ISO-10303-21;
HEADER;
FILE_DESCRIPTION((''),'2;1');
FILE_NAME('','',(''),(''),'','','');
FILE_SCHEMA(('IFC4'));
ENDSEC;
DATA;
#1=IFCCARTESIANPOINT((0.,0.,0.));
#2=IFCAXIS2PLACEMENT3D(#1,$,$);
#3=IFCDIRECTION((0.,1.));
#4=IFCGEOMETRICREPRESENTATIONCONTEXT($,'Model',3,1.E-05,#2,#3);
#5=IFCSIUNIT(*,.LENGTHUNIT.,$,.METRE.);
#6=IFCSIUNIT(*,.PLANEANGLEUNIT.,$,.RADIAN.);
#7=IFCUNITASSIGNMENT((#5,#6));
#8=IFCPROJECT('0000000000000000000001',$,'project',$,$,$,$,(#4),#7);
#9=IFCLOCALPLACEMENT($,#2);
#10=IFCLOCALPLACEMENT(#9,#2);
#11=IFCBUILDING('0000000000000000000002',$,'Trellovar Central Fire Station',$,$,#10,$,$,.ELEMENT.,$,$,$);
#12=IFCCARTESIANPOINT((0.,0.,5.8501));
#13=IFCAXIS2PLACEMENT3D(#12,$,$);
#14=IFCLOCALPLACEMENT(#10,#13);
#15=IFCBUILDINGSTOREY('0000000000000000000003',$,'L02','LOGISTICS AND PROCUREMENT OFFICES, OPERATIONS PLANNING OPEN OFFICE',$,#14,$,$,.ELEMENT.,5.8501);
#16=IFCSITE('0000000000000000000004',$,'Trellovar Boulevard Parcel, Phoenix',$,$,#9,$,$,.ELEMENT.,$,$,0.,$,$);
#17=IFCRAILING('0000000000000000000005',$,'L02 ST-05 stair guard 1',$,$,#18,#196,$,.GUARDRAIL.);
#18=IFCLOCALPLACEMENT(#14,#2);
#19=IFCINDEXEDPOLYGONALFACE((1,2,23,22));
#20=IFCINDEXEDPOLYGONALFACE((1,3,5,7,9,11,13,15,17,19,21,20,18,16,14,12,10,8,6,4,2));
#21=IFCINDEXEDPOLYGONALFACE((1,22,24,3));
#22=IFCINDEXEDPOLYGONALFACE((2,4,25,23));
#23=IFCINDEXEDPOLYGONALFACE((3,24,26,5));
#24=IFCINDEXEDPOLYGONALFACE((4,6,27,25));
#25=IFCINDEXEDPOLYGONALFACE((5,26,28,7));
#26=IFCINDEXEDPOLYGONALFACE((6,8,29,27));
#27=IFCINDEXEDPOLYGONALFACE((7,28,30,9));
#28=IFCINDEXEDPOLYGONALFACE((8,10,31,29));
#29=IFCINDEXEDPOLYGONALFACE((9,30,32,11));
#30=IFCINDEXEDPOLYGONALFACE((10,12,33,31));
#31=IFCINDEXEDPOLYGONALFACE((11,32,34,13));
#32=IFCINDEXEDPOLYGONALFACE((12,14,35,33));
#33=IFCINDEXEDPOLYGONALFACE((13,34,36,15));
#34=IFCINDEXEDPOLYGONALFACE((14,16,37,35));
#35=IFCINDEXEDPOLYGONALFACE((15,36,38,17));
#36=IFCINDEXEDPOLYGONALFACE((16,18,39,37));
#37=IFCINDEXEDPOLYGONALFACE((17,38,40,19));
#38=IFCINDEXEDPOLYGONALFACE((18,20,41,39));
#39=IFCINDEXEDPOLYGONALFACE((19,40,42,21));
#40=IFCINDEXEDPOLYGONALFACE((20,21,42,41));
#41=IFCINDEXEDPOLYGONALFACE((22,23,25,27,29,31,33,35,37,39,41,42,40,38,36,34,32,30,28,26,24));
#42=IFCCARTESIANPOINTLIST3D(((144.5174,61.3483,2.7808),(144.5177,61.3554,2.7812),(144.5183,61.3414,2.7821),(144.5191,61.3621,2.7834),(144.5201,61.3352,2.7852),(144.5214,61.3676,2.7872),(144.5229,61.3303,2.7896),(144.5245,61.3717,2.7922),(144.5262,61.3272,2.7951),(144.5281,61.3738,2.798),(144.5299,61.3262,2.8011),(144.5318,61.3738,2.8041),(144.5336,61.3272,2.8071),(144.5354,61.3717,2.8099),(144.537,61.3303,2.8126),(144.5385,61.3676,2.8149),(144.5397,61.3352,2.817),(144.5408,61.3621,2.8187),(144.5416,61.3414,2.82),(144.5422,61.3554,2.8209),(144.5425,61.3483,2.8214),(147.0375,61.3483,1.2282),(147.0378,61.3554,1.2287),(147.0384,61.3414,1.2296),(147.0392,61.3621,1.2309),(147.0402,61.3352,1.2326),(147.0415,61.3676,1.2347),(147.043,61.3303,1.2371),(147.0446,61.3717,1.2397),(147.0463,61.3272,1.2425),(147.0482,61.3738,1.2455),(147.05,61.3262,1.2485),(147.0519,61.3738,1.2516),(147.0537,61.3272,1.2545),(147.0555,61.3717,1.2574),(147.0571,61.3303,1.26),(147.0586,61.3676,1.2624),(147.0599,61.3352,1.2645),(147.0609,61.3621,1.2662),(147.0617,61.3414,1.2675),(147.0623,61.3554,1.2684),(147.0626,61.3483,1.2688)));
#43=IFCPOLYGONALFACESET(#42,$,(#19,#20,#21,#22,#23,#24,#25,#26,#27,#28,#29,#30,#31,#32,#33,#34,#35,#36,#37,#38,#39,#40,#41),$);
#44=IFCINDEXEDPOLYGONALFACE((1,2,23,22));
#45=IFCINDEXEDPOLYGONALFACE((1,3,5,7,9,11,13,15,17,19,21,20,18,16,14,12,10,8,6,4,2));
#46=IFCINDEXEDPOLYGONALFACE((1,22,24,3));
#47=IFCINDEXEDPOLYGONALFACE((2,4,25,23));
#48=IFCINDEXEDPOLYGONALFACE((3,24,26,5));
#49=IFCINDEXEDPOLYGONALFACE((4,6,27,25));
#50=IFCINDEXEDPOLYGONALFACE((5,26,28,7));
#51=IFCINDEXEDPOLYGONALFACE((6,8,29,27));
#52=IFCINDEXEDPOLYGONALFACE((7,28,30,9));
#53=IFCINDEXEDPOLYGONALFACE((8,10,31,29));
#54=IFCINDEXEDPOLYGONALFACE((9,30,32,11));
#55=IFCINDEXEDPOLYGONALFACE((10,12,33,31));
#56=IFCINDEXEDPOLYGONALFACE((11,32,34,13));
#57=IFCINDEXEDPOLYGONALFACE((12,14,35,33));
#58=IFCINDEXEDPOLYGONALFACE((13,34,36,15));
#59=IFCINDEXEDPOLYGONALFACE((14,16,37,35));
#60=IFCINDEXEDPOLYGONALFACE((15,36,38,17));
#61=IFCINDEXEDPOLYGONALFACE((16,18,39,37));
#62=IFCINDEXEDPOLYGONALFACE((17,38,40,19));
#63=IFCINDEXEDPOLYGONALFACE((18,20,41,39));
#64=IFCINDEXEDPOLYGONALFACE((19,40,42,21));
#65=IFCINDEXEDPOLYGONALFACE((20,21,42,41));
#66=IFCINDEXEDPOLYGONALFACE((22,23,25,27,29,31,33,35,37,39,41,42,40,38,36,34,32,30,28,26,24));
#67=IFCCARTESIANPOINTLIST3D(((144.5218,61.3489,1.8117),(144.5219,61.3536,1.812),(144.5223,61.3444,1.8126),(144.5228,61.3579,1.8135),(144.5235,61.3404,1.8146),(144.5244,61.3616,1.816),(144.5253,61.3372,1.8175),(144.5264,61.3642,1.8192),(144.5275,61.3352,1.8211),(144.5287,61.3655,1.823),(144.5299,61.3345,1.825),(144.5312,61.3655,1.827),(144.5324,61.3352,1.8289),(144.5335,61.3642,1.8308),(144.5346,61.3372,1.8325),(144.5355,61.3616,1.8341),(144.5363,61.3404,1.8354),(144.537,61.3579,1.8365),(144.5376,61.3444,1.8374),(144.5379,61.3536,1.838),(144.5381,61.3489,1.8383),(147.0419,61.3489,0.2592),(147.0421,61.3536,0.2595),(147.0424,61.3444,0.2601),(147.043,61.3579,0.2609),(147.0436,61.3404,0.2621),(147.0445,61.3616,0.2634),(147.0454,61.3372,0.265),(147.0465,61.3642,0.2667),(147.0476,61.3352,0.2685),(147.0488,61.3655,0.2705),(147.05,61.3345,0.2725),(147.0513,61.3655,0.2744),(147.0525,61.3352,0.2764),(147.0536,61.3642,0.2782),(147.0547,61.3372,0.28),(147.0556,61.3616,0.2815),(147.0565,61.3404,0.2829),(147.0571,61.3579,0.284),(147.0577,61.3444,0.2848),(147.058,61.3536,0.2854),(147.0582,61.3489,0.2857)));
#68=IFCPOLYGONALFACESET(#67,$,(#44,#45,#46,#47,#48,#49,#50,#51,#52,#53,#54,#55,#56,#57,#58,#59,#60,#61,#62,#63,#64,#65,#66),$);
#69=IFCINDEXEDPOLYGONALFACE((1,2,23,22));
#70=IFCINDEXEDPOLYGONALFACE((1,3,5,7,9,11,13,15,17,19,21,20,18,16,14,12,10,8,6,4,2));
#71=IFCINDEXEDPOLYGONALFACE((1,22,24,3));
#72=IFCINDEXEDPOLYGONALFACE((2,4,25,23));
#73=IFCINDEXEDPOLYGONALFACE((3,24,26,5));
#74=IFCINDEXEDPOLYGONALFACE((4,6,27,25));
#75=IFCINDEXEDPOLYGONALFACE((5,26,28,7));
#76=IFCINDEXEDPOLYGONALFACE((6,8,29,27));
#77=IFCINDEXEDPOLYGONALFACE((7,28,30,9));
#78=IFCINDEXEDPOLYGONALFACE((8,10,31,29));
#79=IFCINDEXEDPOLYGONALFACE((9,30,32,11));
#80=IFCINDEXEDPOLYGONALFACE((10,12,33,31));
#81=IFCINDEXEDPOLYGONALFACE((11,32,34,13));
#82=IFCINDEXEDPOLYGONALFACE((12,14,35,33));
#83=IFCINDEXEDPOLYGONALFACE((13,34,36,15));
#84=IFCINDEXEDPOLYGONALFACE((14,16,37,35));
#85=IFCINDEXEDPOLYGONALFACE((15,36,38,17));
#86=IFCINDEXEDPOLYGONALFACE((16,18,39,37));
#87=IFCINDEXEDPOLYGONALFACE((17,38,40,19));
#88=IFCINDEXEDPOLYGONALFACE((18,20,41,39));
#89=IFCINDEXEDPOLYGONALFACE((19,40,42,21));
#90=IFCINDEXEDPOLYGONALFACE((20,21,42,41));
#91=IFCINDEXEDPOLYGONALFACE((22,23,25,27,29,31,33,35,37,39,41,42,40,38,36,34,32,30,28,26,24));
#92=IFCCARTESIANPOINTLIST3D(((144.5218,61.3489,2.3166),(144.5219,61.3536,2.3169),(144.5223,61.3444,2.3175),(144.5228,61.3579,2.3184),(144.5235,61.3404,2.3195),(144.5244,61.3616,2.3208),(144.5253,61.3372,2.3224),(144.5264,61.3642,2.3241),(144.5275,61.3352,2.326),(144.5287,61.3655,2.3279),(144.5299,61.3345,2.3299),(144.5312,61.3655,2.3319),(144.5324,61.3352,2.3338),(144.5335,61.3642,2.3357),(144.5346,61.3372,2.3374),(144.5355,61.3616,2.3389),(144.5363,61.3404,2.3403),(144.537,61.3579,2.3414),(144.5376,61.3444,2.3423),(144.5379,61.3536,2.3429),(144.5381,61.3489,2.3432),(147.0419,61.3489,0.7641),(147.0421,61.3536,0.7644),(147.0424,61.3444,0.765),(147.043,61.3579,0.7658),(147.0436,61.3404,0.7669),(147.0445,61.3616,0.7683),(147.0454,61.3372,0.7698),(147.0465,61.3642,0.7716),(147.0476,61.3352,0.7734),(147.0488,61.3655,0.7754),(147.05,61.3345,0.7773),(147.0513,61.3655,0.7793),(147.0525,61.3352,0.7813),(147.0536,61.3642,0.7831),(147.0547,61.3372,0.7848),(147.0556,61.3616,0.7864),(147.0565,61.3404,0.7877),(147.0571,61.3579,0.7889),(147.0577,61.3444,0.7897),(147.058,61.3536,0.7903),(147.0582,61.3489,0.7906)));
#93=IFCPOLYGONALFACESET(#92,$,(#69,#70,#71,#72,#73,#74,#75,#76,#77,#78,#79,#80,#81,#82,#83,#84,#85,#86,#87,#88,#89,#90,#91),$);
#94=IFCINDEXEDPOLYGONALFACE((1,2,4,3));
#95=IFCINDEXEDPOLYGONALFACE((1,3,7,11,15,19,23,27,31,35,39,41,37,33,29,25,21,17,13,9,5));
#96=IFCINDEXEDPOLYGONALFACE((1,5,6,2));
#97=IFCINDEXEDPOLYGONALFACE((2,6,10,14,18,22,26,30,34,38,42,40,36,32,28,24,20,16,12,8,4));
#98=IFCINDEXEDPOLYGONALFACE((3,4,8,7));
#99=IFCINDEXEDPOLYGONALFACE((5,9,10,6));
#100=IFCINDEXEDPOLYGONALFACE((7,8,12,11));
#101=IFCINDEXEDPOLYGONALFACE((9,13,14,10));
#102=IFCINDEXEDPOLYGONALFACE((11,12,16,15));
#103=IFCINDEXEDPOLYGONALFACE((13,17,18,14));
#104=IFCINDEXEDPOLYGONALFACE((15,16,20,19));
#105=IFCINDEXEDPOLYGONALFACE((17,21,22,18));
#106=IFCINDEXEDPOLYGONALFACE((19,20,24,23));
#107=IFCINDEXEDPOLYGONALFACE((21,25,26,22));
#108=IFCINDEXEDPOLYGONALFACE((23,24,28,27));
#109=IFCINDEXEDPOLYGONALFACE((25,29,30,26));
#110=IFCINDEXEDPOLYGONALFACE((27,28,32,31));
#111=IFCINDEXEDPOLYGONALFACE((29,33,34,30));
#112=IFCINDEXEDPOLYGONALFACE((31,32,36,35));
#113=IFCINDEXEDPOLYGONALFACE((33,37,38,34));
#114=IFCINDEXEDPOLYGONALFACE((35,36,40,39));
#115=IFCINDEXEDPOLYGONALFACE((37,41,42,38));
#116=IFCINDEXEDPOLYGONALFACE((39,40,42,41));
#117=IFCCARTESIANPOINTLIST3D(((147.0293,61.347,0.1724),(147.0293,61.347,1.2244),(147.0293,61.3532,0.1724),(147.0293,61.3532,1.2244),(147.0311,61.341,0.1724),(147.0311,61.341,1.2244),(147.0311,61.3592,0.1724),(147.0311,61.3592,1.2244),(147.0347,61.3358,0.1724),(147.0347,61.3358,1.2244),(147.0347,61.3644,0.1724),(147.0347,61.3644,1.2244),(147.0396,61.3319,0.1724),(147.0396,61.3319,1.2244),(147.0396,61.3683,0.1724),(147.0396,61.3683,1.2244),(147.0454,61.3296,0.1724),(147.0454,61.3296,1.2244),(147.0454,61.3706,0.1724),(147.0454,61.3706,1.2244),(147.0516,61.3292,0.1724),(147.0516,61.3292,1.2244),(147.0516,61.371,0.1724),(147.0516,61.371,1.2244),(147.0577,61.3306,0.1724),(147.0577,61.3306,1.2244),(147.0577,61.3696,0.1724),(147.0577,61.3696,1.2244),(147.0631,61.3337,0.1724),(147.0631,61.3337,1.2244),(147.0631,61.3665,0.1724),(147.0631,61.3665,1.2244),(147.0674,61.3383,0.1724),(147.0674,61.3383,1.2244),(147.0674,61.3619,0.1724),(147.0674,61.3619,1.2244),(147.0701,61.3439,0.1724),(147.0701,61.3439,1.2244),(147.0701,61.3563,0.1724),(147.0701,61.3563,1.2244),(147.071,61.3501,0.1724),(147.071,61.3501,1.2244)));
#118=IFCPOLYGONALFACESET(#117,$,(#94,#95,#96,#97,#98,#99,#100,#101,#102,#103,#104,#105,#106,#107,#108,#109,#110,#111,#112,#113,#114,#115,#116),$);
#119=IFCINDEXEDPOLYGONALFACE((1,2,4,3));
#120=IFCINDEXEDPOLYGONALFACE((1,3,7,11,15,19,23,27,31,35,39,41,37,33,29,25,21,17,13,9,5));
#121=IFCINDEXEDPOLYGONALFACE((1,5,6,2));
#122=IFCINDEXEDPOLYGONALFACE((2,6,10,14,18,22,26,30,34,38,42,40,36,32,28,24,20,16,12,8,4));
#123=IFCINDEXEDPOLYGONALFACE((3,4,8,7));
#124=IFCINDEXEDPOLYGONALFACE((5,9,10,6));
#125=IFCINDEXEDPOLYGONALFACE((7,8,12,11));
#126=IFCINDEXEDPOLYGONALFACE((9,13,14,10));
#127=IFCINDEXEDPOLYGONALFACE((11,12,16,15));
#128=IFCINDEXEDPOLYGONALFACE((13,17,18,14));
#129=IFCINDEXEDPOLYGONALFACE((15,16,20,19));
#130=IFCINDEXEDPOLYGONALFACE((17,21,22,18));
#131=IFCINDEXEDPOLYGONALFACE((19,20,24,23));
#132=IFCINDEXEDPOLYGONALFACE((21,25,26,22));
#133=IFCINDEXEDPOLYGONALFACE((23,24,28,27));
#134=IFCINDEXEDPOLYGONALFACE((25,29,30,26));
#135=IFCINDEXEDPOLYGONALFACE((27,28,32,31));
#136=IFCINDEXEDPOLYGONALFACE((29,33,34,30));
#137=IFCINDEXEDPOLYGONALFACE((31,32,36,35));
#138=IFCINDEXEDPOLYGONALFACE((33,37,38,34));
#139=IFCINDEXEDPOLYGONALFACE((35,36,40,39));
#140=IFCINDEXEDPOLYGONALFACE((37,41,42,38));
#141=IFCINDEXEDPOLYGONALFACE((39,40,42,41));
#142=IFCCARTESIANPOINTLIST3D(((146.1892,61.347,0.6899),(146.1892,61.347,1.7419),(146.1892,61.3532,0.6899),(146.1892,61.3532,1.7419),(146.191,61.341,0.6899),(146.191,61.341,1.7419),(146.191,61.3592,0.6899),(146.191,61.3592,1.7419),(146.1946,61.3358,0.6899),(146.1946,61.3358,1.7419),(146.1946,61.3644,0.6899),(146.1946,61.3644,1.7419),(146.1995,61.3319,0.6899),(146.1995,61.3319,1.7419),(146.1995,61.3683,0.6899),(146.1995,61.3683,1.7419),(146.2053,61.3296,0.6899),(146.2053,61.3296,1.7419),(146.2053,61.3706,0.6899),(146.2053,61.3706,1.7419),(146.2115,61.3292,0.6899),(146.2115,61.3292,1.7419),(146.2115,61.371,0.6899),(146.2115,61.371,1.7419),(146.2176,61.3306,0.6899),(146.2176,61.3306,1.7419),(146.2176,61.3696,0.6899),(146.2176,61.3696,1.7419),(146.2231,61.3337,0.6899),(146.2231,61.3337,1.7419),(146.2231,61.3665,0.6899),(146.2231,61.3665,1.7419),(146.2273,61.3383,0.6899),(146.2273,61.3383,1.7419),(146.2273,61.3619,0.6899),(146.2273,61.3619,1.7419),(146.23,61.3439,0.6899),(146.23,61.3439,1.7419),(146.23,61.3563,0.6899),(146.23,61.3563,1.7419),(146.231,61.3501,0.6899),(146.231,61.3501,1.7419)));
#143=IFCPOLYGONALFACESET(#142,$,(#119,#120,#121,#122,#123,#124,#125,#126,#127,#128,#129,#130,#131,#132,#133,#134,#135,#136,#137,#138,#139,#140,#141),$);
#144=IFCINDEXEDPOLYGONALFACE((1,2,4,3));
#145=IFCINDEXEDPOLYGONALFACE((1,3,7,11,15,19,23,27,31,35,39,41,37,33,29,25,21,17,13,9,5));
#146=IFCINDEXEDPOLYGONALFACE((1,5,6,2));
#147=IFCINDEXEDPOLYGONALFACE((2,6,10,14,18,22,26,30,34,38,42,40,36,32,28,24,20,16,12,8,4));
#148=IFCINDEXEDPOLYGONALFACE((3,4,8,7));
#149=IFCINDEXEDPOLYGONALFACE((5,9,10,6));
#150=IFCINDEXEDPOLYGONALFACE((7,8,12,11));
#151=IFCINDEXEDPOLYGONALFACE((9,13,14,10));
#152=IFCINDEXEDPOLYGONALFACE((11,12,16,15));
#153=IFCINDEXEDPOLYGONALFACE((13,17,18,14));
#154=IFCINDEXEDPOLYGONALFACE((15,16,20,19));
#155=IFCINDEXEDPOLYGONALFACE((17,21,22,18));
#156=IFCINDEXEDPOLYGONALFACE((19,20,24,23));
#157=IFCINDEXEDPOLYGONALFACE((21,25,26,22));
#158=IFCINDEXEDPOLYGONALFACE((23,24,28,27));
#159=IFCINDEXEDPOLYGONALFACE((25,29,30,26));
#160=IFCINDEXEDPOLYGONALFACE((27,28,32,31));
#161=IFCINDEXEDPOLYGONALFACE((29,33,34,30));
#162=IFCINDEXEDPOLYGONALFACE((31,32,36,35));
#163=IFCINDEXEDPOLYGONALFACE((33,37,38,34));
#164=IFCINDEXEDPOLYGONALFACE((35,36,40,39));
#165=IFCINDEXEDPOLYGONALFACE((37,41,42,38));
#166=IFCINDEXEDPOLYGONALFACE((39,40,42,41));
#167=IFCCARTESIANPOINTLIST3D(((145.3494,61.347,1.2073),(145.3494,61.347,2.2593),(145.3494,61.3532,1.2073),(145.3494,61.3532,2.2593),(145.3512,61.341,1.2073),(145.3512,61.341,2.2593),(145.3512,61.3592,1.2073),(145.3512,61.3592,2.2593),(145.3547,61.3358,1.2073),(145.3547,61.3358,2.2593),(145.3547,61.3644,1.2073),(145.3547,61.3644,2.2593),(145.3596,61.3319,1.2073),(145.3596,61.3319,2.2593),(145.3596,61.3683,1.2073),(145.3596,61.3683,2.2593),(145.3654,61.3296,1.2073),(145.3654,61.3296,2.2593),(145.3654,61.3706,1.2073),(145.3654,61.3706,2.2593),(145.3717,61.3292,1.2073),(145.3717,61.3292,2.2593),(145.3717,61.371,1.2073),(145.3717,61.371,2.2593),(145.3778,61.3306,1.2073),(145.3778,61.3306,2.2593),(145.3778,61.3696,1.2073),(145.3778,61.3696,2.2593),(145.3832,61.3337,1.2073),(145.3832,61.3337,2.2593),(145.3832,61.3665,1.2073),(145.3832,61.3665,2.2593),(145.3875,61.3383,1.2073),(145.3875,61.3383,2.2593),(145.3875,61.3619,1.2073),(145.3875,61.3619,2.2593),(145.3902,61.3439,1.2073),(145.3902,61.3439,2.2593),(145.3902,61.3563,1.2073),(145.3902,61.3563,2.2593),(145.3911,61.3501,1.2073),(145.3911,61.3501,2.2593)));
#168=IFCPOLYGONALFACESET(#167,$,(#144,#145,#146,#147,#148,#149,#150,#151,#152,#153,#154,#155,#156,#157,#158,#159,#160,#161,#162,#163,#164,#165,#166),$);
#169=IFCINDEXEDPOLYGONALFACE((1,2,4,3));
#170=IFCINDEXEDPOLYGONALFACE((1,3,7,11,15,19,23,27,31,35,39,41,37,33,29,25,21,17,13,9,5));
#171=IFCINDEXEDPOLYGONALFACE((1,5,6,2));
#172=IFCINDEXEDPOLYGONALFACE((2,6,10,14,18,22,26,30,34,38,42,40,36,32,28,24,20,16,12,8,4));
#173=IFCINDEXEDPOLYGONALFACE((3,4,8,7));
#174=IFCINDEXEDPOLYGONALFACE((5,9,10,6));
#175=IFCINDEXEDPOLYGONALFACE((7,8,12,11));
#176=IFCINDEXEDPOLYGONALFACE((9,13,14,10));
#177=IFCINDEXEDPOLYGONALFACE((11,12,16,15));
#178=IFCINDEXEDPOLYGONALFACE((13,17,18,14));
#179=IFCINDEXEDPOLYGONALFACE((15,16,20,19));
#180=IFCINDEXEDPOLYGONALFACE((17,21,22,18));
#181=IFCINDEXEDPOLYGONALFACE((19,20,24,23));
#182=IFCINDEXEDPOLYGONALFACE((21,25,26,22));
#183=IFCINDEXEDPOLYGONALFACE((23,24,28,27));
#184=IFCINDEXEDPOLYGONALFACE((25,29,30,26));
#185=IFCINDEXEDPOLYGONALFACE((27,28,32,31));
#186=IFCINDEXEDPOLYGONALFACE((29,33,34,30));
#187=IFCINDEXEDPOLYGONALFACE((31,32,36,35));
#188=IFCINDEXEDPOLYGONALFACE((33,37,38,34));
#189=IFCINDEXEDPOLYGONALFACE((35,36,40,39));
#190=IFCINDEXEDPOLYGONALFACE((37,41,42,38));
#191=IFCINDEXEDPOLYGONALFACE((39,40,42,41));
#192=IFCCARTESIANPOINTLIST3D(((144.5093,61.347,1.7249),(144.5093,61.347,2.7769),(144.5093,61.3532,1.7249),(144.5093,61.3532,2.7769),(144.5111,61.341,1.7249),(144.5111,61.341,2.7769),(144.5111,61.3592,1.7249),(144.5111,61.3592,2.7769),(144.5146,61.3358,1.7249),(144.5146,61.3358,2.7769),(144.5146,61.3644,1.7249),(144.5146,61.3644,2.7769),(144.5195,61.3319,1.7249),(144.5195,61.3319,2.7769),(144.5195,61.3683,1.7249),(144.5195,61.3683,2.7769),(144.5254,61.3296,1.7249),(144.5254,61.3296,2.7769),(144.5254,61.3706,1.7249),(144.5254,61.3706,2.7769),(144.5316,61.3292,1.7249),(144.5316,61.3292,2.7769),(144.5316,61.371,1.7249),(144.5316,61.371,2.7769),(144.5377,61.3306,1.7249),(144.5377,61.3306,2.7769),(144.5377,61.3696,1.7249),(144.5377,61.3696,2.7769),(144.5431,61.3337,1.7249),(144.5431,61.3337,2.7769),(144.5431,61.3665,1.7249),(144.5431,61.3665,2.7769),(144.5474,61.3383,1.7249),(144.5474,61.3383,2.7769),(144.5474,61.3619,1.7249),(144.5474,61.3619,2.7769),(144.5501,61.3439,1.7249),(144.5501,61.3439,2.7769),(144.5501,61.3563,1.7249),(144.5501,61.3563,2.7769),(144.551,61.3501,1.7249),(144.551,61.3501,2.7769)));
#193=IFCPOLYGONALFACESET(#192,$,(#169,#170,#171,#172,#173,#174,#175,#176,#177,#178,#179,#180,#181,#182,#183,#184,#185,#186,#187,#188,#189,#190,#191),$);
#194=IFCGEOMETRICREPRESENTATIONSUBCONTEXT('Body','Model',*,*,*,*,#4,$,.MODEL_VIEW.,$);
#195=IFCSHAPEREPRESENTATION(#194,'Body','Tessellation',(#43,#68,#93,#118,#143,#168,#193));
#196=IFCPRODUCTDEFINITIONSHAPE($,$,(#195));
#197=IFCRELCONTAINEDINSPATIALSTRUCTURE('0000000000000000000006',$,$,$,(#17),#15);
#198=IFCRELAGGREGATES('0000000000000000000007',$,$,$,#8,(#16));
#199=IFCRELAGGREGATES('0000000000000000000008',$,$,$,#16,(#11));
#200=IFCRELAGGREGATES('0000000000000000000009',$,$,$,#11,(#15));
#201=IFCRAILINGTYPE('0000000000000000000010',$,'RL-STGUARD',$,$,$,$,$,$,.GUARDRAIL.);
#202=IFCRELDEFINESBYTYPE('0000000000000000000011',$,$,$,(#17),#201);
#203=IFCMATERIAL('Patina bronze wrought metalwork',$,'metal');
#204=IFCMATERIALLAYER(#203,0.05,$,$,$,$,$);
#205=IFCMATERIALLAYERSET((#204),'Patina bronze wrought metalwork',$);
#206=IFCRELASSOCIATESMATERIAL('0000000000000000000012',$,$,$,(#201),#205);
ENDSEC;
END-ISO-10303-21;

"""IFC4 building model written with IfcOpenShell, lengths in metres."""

from ifc_helpers import new_model, si_unit, direction, frame, origin, origin_2d, place, context, subcontext, project, spatial, circle, extrude, material, layer, layer_set, type_object, element, save


model = new_model("IFC4")

# Units and contexts
model_context = context("Model", 3, precision=1e-05, world=origin(), true_north=direction((0.0, 1.0)))
body_context = subcontext(model_context, "Body", "Model", "MODEL_VIEW")
ifc_project = project(units=[si_unit("LENGTHUNIT", "METRE"), si_unit("PLANEANGLEUNIT", "RADIAN")], contexts=[model_context])

# Site, building, storey
site_placement = place(None, origin())
site = spatial("IfcSite", under=ifc_project, at=site_placement, Name="Trellovar Boulevard Parcel, Phoenix", CompositionType="ELEMENT", RefElevation=0.0)
building_placement = place(site_placement, origin())
building = spatial("IfcBuilding", under=site, at=building_placement, Name="Trellovar Central Fire Station", CompositionType="ELEMENT")
storey_placement = place(building_placement, frame((0.0, 0.0, 5.8501)))
storey = spatial("IfcBuildingStorey", under=building, at=storey_placement, Name="L02", Description="LOGISTICS AND PROCUREMENT OFFICES, OPERATIONS PLANNING OPEN OFFICE", CompositionType="ELEMENT", Elevation=5.8501)

# Railing
ifc_material_1 = material(Name="Patina bronze wrought metalwork", Category="metal")
ifc_layer_1 = layer(ifc_material_1, 0.05)
ifc_layer_set_1 = layer_set([ifc_layer_1], Name="Patina bronze wrought metalwork")
railing_type_1 = type_object("IfcRailingType", Name="RL-STGUARD", PredefinedType="GUARDRAIL", material=ifc_layer_set_1)
railing_1_placement = place(storey_placement, frame((147.05, 61.3501, 0.1724)))
element("IfcRailing", 1, at=railing_1_placement, inside=storey, type_object=railing_type_1, Name="L02 ST-05 stair guard 1", PredefinedType="GUARDRAIL", context=body_context, shape_type="SweptSolid", body=[
    extrude(circle(Radius=0.0239, at=origin_2d()), frame((0.0, 0.0, 1.0762), z_axis=(-0.8514, 0.0, 0.524516), x_axis=(0.0, -1.0, 0.0)), (0.0, 0.0, 1.0), 2.96),
    extrude(circle(Radius=0.0156, at=origin_2d()), frame((0.0, 0.0, 0.1001), z_axis=(-0.8514, 0.0, 0.524516), x_axis=(0.0, -1.0, 0.0)), (0.0, 0.0, 1.0), 2.96),
    extrude(circle(Radius=0.0156, at=origin_2d()), frame((0.0, 0.0, 0.605), z_axis=(-0.8514, 0.0, 0.524516), x_axis=(0.0, -1.0, 0.0)), (0.0, 0.0, 1.0), 2.96),
    extrude(circle(Radius=0.021, at=origin_2d()), origin(), (0.0, 0.0, 1.0), 1.052),
    extrude(circle(Radius=0.021, at=origin_2d()), frame((-0.8401, 0.0, 0.5176)), (0.0, 0.0, 1.0), 1.052),
    extrude(circle(Radius=0.021, at=origin_2d()), frame((-1.6799, 0.0, 1.0349)), (0.0, 0.0, 1.0), 1.052),
    extrude(circle(Radius=0.021, at=origin_2d()), frame((-2.52, 0.0, 1.5525)), (0.0, 0.0, 1.0), 1.052),
])

save(model, "model.ifc")
